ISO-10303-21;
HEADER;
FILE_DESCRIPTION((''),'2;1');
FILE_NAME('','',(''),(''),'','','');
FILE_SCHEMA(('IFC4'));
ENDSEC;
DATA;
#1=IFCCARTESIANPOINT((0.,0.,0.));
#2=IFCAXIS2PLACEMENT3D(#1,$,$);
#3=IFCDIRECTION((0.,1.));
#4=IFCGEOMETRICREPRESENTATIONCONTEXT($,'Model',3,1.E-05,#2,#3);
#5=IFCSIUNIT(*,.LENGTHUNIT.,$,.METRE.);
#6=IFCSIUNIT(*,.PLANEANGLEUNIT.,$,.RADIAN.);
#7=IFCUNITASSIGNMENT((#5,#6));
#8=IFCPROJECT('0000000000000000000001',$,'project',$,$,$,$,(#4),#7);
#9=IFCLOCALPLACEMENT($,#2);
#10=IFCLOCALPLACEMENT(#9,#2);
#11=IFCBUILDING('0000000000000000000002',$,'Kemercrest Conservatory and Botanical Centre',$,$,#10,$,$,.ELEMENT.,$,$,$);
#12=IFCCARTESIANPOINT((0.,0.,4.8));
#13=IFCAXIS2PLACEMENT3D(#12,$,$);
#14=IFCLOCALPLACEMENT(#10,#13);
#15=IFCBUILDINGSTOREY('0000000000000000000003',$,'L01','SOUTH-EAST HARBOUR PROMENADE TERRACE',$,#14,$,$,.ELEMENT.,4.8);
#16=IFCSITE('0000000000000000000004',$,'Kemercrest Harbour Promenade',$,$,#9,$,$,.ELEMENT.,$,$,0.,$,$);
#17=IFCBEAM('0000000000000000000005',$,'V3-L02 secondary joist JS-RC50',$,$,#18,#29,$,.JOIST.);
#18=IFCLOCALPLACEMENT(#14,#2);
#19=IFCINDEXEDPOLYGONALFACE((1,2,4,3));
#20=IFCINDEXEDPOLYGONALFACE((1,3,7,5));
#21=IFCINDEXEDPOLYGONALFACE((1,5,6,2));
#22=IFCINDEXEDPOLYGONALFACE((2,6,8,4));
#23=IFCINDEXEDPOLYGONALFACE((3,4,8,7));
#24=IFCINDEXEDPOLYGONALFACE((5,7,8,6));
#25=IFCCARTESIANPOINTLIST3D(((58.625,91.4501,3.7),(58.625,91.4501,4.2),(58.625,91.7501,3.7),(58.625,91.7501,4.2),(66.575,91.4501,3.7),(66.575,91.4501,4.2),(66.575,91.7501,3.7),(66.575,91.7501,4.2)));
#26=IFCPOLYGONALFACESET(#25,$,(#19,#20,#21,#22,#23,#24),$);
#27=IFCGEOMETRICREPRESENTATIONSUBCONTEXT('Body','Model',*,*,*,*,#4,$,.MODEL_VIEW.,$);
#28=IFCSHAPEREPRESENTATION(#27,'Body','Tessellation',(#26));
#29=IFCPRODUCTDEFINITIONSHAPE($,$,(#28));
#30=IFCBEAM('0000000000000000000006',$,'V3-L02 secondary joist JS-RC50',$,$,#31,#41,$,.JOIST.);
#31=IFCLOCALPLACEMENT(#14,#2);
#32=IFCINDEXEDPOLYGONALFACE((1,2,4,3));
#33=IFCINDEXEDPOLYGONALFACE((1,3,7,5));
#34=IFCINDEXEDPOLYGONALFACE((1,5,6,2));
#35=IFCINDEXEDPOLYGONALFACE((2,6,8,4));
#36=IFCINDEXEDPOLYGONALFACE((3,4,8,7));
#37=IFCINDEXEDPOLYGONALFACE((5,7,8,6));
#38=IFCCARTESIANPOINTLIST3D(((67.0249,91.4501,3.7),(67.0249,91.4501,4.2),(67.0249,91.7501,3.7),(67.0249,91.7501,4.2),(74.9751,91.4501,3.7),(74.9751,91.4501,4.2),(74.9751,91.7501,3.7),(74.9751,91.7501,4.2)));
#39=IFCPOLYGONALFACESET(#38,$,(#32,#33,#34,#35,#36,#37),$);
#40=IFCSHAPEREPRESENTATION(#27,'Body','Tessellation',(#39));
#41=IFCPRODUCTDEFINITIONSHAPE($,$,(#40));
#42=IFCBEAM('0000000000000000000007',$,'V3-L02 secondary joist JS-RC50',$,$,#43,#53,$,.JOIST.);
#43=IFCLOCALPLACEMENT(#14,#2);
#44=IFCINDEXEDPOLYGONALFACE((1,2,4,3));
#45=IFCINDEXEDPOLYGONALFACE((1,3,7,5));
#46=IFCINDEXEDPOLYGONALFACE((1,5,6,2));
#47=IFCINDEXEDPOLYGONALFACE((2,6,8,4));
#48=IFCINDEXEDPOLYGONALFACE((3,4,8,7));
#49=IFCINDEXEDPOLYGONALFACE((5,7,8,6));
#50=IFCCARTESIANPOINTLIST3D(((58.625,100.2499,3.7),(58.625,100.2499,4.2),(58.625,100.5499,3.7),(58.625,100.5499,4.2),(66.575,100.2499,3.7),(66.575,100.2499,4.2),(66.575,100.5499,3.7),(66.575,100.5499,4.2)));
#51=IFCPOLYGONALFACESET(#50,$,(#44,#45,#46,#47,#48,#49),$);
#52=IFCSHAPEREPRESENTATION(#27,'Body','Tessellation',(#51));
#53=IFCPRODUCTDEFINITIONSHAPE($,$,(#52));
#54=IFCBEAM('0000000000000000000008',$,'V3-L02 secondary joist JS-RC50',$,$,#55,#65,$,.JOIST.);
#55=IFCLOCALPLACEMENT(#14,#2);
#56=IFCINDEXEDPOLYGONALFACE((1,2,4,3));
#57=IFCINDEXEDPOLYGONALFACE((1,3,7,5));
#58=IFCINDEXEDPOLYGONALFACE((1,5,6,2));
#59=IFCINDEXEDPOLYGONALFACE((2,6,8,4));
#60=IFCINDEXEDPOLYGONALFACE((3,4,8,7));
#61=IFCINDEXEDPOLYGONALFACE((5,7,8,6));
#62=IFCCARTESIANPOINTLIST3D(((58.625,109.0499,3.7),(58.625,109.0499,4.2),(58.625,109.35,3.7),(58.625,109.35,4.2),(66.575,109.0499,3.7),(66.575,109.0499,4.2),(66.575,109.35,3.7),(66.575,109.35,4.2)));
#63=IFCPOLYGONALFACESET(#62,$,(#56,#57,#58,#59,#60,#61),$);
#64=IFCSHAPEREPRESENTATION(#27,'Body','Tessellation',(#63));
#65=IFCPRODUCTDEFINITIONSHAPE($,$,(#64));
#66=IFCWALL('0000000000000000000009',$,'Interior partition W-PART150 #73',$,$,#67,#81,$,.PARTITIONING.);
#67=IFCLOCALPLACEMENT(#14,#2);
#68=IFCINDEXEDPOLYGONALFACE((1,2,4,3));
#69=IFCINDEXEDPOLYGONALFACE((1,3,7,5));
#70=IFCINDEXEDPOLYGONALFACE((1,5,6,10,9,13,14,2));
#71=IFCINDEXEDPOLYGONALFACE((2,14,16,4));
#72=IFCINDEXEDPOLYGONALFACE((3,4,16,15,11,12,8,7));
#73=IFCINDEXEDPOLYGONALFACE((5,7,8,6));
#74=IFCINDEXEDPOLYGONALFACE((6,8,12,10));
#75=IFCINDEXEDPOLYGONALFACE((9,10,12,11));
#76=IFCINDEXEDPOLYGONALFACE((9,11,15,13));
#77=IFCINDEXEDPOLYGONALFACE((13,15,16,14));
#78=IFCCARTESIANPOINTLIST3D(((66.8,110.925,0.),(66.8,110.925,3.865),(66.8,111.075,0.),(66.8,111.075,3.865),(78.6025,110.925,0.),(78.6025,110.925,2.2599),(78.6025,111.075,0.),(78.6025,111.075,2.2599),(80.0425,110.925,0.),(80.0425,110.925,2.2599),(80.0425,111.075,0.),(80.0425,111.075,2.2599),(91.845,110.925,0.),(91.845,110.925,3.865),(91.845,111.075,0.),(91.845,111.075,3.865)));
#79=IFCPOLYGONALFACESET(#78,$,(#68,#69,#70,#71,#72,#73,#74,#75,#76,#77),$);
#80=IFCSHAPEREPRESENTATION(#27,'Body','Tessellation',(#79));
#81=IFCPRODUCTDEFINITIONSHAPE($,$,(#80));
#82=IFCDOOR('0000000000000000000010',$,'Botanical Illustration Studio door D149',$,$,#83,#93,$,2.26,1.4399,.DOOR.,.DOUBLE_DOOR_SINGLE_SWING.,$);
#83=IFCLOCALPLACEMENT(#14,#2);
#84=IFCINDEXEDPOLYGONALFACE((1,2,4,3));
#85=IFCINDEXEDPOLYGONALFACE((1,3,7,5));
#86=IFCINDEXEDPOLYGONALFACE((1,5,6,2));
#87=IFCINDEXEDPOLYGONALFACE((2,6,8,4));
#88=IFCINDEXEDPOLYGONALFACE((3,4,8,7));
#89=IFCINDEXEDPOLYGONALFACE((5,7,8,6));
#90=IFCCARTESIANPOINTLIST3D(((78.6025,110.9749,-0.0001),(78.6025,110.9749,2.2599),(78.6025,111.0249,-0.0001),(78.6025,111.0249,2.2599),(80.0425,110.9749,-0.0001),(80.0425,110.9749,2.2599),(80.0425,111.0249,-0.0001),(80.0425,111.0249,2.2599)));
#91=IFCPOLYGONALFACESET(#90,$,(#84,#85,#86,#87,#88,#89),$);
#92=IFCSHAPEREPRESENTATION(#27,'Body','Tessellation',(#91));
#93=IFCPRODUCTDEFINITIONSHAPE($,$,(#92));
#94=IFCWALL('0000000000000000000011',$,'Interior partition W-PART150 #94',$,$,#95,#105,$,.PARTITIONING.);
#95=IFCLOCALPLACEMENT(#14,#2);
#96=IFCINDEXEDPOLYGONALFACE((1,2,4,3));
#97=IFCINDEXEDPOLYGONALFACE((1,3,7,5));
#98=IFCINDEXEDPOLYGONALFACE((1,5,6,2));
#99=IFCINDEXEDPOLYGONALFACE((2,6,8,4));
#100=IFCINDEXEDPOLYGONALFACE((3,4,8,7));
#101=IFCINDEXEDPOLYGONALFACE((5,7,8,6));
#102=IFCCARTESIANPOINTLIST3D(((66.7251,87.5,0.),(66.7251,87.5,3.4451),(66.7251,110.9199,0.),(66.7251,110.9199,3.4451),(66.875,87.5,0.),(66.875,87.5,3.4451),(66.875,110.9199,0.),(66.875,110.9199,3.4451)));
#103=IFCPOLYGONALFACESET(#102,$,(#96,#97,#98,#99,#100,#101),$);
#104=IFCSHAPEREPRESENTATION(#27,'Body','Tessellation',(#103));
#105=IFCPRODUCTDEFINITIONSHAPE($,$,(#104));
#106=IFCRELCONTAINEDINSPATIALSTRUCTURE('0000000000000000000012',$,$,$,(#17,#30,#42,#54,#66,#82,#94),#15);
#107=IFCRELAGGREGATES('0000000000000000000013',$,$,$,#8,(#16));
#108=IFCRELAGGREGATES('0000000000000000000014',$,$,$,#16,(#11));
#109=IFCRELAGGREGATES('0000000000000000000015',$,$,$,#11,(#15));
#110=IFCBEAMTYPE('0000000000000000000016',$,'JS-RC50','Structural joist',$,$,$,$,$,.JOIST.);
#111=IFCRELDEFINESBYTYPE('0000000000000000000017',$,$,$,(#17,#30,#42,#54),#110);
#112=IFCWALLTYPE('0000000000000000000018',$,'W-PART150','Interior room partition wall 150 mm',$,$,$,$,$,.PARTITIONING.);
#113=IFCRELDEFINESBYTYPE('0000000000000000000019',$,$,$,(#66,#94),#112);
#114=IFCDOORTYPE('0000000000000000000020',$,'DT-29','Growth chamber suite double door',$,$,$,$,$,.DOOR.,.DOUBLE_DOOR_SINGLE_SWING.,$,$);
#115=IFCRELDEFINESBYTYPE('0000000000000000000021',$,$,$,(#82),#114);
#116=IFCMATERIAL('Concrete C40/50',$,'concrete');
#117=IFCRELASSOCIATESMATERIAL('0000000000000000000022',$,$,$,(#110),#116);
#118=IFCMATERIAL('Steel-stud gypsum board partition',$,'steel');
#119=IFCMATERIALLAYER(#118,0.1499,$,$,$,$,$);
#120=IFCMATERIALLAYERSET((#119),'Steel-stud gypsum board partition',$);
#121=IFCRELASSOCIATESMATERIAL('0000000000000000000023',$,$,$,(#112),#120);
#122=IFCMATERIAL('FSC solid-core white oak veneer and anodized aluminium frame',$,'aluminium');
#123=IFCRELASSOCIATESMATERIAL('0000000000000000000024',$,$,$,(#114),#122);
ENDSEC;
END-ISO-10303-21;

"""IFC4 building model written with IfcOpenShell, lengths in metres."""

from ifc_helpers import new_model, si_unit, direction, frame, frame_2d, origin, origin_2d, place, context, subcontext, project, spatial, rectangle, extrude, material, layer, layer_set, material_profile, profile_set, type_object, element, fill, save


model = new_model("IFC4")

# Units and contexts
model_context = context("Model", 3, precision=1e-05, world=origin(), true_north=direction((0.0, 1.0)))
body_context = subcontext(model_context, "Body", "Model", "MODEL_VIEW")
ifc_project = project(units=[si_unit("LENGTHUNIT", "METRE"), si_unit("PLANEANGLEUNIT", "RADIAN")], contexts=[model_context])

# Site, building, storey
site_placement = place(None, origin())
site = spatial("IfcSite", under=ifc_project, at=site_placement, Name="Kemercrest Harbour Promenade", CompositionType="ELEMENT", RefElevation=0.0)
building_placement = place(site_placement, origin())
building = spatial("IfcBuilding", under=site, at=building_placement, Name="Kemercrest Conservatory and Botanical Centre", CompositionType="ELEMENT")
storey_placement = place(building_placement, frame((0.0, 0.0, 4.8)))
storey = spatial("IfcBuildingStorey", under=building, at=storey_placement, Name="L01", Description="SOUTH-EAST HARBOUR PROMENADE TERRACE", CompositionType="ELEMENT", Elevation=4.8)

# Shared definitions
ifc_material_1 = material(Name="Concrete C40/50", Category="concrete")

# Beams
ifc_material_profile_1 = material_profile(ifc_material_1, rectangle(XDim=0.3, YDim=0.5, at=origin_2d()), Name="RC 300x500")
ifc_profile_set_1 = profile_set([ifc_material_profile_1], Name="Concrete C40/50")
beam_type_1 = type_object("IfcBeamType", Name="JS-RC50", Description="Structural joist", PredefinedType="JOIST", material=ifc_profile_set_1)
beam_1_placement = place(storey_placement, frame((58.625, 91.6001, 3.95), z_axis=(1.0, 0.0, 0.0), x_axis=(0.0, 1.0, 0.0)))
element("IfcBeam", 1, at=beam_1_placement, inside=storey, type_object=beam_type_1, Name="V3-L02 secondary joist JS-RC50", PredefinedType="JOIST", context=body_context, shape_type="SweptSolid", body=[
    extrude(rectangle(XDim=0.3, YDim=0.5, at=origin_2d()), origin(), (0.0, 0.0, 1.0), 7.95),
])
beam_2_placement = place(storey_placement, frame((67.0249, 91.6001, 3.95), z_axis=(1.0, 0.0, 0.0), x_axis=(0.0, 1.0, 0.0)))
element("IfcBeam", 2, at=beam_2_placement, inside=storey, type_object=beam_type_1, Name="V3-L02 secondary joist JS-RC50", PredefinedType="JOIST", context=body_context, shape_type="SweptSolid", body=[
    extrude(rectangle(XDim=0.3, YDim=0.5, at=origin_2d()), origin(), (0.0, 0.0, 1.0), 7.9502),
])
for number, where, z_axis, x_axis, name in (
    (3, (58.625, 100.3999, 3.95), (1.0, 0.0, 0.0), (0.0, 1.0, 0.0), "V3-L02 secondary joist JS-RC50"),
    (4, (58.625, 109.2, 3.95), (1.0, 0.0, 0.0), (0.0, 1.0, 0.0), "V3-L02 secondary joist JS-RC50"),
):
    element("IfcBeam", number, at=place(storey_placement, frame(where, z_axis=z_axis, x_axis=x_axis)), inside=storey, type_object=beam_type_1, Name=name, PredefinedType="JOIST", context=body_context, shape_type="SweptSolid", body=[
        extrude(rectangle(XDim=0.3, YDim=0.5, at=origin_2d()), origin(), (0.0, 0.0, 1.0), 7.95),
    ])

# Wall, opening, door
ifc_material_2 = material(Name="Steel-stud gypsum board partition", Category="steel")
ifc_layer = layer(ifc_material_2, 0.1499)
ifc_layer_set = layer_set([ifc_layer], Name="Steel-stud gypsum board partition")
wall_type = type_object("IfcWallType", Name="W-PART150", Description="Interior room partition wall 150 mm", PredefinedType="PARTITIONING", material=ifc_layer_set)
wall_1_placement = place(storey_placement, frame((66.8, 111.0, 0.0), z_axis=(0.0, 0.0, 1.0), x_axis=(1.0, 0.0, 0.0)))
wall_1 = element("IfcWall", 5, at=wall_1_placement, inside=storey, type_object=wall_type, Name="Interior partition W-PART150 #73", PredefinedType="PARTITIONING", context=body_context, shape_type="SweptSolid", body=[
    extrude(rectangle(XDim=25.0449, YDim=0.1499, at=frame_2d((12.5225, 0.0))), origin(), (0.0, 0.0, 1.0), 3.865),
])
opening_placement = place(wall_1_placement, frame((11.8025, 0.0, 0.0)))
opening = element("IfcOpeningElement", 6, at=opening_placement, cuts=wall_1, PredefinedType="OPENING", context=body_context, shape_type="SweptSolid", body=[
    extrude(rectangle(XDim=1.4399, YDim=2.26, at=frame_2d((0.72, 1.1299))), frame((0.0, 0.085, 0.0), z_axis=(0.0, -1.0, 0.0), x_axis=(1.0, 0.0, 0.0)), (0.0, 0.0, 1.0), 0.1699),
])
ifc_material_3 = material(Name="FSC solid-core white oak veneer and anodized aluminium frame", Category="aluminium")
door_type = type_object("IfcDoorType", Name="DT-29", Description="Growth chamber suite double door", OperationType="DOUBLE_DOOR_SINGLE_SWING", PredefinedType="DOOR", material=ifc_material_3)
door_placement = place(opening_placement, origin())
door = element("IfcDoor", 7, at=door_placement, inside=storey, type_object=door_type, Name="Botanical Illustration Studio door D149", OperationType="DOUBLE_DOOR_SINGLE_SWING", OverallHeight=2.26, OverallWidth=1.4399, PredefinedType="DOOR", context=body_context, shape_type="SweptSolid", body=[
    extrude(rectangle(XDim=1.4399, YDim=2.26, at=frame_2d((0.72, 1.1299))), frame((0.0, 0.0249, 0.0), z_axis=(0.0, -1.0, 0.0), x_axis=(1.0, 0.0, 0.0)), (0.0, 0.0, 1.0), 0.05),
])
fill(opening, door)

# Wall
wall_2_placement = place(storey_placement, frame((66.8, 87.5, 0.0), z_axis=(0.0, 0.0, 1.0), x_axis=(0.0, 1.0, 0.0)))
element("IfcWall", 8, at=wall_2_placement, inside=storey, type_object=wall_type, Name="Interior partition W-PART150 #94", PredefinedType="PARTITIONING", context=body_context, shape_type="SweptSolid", body=[
    extrude(rectangle(XDim=23.4199, YDim=0.1499, at=frame_2d((11.71, 0.0))), origin(), (0.0, 0.0, 1.0), 3.4451),
])

save(model, "model.ifc")
